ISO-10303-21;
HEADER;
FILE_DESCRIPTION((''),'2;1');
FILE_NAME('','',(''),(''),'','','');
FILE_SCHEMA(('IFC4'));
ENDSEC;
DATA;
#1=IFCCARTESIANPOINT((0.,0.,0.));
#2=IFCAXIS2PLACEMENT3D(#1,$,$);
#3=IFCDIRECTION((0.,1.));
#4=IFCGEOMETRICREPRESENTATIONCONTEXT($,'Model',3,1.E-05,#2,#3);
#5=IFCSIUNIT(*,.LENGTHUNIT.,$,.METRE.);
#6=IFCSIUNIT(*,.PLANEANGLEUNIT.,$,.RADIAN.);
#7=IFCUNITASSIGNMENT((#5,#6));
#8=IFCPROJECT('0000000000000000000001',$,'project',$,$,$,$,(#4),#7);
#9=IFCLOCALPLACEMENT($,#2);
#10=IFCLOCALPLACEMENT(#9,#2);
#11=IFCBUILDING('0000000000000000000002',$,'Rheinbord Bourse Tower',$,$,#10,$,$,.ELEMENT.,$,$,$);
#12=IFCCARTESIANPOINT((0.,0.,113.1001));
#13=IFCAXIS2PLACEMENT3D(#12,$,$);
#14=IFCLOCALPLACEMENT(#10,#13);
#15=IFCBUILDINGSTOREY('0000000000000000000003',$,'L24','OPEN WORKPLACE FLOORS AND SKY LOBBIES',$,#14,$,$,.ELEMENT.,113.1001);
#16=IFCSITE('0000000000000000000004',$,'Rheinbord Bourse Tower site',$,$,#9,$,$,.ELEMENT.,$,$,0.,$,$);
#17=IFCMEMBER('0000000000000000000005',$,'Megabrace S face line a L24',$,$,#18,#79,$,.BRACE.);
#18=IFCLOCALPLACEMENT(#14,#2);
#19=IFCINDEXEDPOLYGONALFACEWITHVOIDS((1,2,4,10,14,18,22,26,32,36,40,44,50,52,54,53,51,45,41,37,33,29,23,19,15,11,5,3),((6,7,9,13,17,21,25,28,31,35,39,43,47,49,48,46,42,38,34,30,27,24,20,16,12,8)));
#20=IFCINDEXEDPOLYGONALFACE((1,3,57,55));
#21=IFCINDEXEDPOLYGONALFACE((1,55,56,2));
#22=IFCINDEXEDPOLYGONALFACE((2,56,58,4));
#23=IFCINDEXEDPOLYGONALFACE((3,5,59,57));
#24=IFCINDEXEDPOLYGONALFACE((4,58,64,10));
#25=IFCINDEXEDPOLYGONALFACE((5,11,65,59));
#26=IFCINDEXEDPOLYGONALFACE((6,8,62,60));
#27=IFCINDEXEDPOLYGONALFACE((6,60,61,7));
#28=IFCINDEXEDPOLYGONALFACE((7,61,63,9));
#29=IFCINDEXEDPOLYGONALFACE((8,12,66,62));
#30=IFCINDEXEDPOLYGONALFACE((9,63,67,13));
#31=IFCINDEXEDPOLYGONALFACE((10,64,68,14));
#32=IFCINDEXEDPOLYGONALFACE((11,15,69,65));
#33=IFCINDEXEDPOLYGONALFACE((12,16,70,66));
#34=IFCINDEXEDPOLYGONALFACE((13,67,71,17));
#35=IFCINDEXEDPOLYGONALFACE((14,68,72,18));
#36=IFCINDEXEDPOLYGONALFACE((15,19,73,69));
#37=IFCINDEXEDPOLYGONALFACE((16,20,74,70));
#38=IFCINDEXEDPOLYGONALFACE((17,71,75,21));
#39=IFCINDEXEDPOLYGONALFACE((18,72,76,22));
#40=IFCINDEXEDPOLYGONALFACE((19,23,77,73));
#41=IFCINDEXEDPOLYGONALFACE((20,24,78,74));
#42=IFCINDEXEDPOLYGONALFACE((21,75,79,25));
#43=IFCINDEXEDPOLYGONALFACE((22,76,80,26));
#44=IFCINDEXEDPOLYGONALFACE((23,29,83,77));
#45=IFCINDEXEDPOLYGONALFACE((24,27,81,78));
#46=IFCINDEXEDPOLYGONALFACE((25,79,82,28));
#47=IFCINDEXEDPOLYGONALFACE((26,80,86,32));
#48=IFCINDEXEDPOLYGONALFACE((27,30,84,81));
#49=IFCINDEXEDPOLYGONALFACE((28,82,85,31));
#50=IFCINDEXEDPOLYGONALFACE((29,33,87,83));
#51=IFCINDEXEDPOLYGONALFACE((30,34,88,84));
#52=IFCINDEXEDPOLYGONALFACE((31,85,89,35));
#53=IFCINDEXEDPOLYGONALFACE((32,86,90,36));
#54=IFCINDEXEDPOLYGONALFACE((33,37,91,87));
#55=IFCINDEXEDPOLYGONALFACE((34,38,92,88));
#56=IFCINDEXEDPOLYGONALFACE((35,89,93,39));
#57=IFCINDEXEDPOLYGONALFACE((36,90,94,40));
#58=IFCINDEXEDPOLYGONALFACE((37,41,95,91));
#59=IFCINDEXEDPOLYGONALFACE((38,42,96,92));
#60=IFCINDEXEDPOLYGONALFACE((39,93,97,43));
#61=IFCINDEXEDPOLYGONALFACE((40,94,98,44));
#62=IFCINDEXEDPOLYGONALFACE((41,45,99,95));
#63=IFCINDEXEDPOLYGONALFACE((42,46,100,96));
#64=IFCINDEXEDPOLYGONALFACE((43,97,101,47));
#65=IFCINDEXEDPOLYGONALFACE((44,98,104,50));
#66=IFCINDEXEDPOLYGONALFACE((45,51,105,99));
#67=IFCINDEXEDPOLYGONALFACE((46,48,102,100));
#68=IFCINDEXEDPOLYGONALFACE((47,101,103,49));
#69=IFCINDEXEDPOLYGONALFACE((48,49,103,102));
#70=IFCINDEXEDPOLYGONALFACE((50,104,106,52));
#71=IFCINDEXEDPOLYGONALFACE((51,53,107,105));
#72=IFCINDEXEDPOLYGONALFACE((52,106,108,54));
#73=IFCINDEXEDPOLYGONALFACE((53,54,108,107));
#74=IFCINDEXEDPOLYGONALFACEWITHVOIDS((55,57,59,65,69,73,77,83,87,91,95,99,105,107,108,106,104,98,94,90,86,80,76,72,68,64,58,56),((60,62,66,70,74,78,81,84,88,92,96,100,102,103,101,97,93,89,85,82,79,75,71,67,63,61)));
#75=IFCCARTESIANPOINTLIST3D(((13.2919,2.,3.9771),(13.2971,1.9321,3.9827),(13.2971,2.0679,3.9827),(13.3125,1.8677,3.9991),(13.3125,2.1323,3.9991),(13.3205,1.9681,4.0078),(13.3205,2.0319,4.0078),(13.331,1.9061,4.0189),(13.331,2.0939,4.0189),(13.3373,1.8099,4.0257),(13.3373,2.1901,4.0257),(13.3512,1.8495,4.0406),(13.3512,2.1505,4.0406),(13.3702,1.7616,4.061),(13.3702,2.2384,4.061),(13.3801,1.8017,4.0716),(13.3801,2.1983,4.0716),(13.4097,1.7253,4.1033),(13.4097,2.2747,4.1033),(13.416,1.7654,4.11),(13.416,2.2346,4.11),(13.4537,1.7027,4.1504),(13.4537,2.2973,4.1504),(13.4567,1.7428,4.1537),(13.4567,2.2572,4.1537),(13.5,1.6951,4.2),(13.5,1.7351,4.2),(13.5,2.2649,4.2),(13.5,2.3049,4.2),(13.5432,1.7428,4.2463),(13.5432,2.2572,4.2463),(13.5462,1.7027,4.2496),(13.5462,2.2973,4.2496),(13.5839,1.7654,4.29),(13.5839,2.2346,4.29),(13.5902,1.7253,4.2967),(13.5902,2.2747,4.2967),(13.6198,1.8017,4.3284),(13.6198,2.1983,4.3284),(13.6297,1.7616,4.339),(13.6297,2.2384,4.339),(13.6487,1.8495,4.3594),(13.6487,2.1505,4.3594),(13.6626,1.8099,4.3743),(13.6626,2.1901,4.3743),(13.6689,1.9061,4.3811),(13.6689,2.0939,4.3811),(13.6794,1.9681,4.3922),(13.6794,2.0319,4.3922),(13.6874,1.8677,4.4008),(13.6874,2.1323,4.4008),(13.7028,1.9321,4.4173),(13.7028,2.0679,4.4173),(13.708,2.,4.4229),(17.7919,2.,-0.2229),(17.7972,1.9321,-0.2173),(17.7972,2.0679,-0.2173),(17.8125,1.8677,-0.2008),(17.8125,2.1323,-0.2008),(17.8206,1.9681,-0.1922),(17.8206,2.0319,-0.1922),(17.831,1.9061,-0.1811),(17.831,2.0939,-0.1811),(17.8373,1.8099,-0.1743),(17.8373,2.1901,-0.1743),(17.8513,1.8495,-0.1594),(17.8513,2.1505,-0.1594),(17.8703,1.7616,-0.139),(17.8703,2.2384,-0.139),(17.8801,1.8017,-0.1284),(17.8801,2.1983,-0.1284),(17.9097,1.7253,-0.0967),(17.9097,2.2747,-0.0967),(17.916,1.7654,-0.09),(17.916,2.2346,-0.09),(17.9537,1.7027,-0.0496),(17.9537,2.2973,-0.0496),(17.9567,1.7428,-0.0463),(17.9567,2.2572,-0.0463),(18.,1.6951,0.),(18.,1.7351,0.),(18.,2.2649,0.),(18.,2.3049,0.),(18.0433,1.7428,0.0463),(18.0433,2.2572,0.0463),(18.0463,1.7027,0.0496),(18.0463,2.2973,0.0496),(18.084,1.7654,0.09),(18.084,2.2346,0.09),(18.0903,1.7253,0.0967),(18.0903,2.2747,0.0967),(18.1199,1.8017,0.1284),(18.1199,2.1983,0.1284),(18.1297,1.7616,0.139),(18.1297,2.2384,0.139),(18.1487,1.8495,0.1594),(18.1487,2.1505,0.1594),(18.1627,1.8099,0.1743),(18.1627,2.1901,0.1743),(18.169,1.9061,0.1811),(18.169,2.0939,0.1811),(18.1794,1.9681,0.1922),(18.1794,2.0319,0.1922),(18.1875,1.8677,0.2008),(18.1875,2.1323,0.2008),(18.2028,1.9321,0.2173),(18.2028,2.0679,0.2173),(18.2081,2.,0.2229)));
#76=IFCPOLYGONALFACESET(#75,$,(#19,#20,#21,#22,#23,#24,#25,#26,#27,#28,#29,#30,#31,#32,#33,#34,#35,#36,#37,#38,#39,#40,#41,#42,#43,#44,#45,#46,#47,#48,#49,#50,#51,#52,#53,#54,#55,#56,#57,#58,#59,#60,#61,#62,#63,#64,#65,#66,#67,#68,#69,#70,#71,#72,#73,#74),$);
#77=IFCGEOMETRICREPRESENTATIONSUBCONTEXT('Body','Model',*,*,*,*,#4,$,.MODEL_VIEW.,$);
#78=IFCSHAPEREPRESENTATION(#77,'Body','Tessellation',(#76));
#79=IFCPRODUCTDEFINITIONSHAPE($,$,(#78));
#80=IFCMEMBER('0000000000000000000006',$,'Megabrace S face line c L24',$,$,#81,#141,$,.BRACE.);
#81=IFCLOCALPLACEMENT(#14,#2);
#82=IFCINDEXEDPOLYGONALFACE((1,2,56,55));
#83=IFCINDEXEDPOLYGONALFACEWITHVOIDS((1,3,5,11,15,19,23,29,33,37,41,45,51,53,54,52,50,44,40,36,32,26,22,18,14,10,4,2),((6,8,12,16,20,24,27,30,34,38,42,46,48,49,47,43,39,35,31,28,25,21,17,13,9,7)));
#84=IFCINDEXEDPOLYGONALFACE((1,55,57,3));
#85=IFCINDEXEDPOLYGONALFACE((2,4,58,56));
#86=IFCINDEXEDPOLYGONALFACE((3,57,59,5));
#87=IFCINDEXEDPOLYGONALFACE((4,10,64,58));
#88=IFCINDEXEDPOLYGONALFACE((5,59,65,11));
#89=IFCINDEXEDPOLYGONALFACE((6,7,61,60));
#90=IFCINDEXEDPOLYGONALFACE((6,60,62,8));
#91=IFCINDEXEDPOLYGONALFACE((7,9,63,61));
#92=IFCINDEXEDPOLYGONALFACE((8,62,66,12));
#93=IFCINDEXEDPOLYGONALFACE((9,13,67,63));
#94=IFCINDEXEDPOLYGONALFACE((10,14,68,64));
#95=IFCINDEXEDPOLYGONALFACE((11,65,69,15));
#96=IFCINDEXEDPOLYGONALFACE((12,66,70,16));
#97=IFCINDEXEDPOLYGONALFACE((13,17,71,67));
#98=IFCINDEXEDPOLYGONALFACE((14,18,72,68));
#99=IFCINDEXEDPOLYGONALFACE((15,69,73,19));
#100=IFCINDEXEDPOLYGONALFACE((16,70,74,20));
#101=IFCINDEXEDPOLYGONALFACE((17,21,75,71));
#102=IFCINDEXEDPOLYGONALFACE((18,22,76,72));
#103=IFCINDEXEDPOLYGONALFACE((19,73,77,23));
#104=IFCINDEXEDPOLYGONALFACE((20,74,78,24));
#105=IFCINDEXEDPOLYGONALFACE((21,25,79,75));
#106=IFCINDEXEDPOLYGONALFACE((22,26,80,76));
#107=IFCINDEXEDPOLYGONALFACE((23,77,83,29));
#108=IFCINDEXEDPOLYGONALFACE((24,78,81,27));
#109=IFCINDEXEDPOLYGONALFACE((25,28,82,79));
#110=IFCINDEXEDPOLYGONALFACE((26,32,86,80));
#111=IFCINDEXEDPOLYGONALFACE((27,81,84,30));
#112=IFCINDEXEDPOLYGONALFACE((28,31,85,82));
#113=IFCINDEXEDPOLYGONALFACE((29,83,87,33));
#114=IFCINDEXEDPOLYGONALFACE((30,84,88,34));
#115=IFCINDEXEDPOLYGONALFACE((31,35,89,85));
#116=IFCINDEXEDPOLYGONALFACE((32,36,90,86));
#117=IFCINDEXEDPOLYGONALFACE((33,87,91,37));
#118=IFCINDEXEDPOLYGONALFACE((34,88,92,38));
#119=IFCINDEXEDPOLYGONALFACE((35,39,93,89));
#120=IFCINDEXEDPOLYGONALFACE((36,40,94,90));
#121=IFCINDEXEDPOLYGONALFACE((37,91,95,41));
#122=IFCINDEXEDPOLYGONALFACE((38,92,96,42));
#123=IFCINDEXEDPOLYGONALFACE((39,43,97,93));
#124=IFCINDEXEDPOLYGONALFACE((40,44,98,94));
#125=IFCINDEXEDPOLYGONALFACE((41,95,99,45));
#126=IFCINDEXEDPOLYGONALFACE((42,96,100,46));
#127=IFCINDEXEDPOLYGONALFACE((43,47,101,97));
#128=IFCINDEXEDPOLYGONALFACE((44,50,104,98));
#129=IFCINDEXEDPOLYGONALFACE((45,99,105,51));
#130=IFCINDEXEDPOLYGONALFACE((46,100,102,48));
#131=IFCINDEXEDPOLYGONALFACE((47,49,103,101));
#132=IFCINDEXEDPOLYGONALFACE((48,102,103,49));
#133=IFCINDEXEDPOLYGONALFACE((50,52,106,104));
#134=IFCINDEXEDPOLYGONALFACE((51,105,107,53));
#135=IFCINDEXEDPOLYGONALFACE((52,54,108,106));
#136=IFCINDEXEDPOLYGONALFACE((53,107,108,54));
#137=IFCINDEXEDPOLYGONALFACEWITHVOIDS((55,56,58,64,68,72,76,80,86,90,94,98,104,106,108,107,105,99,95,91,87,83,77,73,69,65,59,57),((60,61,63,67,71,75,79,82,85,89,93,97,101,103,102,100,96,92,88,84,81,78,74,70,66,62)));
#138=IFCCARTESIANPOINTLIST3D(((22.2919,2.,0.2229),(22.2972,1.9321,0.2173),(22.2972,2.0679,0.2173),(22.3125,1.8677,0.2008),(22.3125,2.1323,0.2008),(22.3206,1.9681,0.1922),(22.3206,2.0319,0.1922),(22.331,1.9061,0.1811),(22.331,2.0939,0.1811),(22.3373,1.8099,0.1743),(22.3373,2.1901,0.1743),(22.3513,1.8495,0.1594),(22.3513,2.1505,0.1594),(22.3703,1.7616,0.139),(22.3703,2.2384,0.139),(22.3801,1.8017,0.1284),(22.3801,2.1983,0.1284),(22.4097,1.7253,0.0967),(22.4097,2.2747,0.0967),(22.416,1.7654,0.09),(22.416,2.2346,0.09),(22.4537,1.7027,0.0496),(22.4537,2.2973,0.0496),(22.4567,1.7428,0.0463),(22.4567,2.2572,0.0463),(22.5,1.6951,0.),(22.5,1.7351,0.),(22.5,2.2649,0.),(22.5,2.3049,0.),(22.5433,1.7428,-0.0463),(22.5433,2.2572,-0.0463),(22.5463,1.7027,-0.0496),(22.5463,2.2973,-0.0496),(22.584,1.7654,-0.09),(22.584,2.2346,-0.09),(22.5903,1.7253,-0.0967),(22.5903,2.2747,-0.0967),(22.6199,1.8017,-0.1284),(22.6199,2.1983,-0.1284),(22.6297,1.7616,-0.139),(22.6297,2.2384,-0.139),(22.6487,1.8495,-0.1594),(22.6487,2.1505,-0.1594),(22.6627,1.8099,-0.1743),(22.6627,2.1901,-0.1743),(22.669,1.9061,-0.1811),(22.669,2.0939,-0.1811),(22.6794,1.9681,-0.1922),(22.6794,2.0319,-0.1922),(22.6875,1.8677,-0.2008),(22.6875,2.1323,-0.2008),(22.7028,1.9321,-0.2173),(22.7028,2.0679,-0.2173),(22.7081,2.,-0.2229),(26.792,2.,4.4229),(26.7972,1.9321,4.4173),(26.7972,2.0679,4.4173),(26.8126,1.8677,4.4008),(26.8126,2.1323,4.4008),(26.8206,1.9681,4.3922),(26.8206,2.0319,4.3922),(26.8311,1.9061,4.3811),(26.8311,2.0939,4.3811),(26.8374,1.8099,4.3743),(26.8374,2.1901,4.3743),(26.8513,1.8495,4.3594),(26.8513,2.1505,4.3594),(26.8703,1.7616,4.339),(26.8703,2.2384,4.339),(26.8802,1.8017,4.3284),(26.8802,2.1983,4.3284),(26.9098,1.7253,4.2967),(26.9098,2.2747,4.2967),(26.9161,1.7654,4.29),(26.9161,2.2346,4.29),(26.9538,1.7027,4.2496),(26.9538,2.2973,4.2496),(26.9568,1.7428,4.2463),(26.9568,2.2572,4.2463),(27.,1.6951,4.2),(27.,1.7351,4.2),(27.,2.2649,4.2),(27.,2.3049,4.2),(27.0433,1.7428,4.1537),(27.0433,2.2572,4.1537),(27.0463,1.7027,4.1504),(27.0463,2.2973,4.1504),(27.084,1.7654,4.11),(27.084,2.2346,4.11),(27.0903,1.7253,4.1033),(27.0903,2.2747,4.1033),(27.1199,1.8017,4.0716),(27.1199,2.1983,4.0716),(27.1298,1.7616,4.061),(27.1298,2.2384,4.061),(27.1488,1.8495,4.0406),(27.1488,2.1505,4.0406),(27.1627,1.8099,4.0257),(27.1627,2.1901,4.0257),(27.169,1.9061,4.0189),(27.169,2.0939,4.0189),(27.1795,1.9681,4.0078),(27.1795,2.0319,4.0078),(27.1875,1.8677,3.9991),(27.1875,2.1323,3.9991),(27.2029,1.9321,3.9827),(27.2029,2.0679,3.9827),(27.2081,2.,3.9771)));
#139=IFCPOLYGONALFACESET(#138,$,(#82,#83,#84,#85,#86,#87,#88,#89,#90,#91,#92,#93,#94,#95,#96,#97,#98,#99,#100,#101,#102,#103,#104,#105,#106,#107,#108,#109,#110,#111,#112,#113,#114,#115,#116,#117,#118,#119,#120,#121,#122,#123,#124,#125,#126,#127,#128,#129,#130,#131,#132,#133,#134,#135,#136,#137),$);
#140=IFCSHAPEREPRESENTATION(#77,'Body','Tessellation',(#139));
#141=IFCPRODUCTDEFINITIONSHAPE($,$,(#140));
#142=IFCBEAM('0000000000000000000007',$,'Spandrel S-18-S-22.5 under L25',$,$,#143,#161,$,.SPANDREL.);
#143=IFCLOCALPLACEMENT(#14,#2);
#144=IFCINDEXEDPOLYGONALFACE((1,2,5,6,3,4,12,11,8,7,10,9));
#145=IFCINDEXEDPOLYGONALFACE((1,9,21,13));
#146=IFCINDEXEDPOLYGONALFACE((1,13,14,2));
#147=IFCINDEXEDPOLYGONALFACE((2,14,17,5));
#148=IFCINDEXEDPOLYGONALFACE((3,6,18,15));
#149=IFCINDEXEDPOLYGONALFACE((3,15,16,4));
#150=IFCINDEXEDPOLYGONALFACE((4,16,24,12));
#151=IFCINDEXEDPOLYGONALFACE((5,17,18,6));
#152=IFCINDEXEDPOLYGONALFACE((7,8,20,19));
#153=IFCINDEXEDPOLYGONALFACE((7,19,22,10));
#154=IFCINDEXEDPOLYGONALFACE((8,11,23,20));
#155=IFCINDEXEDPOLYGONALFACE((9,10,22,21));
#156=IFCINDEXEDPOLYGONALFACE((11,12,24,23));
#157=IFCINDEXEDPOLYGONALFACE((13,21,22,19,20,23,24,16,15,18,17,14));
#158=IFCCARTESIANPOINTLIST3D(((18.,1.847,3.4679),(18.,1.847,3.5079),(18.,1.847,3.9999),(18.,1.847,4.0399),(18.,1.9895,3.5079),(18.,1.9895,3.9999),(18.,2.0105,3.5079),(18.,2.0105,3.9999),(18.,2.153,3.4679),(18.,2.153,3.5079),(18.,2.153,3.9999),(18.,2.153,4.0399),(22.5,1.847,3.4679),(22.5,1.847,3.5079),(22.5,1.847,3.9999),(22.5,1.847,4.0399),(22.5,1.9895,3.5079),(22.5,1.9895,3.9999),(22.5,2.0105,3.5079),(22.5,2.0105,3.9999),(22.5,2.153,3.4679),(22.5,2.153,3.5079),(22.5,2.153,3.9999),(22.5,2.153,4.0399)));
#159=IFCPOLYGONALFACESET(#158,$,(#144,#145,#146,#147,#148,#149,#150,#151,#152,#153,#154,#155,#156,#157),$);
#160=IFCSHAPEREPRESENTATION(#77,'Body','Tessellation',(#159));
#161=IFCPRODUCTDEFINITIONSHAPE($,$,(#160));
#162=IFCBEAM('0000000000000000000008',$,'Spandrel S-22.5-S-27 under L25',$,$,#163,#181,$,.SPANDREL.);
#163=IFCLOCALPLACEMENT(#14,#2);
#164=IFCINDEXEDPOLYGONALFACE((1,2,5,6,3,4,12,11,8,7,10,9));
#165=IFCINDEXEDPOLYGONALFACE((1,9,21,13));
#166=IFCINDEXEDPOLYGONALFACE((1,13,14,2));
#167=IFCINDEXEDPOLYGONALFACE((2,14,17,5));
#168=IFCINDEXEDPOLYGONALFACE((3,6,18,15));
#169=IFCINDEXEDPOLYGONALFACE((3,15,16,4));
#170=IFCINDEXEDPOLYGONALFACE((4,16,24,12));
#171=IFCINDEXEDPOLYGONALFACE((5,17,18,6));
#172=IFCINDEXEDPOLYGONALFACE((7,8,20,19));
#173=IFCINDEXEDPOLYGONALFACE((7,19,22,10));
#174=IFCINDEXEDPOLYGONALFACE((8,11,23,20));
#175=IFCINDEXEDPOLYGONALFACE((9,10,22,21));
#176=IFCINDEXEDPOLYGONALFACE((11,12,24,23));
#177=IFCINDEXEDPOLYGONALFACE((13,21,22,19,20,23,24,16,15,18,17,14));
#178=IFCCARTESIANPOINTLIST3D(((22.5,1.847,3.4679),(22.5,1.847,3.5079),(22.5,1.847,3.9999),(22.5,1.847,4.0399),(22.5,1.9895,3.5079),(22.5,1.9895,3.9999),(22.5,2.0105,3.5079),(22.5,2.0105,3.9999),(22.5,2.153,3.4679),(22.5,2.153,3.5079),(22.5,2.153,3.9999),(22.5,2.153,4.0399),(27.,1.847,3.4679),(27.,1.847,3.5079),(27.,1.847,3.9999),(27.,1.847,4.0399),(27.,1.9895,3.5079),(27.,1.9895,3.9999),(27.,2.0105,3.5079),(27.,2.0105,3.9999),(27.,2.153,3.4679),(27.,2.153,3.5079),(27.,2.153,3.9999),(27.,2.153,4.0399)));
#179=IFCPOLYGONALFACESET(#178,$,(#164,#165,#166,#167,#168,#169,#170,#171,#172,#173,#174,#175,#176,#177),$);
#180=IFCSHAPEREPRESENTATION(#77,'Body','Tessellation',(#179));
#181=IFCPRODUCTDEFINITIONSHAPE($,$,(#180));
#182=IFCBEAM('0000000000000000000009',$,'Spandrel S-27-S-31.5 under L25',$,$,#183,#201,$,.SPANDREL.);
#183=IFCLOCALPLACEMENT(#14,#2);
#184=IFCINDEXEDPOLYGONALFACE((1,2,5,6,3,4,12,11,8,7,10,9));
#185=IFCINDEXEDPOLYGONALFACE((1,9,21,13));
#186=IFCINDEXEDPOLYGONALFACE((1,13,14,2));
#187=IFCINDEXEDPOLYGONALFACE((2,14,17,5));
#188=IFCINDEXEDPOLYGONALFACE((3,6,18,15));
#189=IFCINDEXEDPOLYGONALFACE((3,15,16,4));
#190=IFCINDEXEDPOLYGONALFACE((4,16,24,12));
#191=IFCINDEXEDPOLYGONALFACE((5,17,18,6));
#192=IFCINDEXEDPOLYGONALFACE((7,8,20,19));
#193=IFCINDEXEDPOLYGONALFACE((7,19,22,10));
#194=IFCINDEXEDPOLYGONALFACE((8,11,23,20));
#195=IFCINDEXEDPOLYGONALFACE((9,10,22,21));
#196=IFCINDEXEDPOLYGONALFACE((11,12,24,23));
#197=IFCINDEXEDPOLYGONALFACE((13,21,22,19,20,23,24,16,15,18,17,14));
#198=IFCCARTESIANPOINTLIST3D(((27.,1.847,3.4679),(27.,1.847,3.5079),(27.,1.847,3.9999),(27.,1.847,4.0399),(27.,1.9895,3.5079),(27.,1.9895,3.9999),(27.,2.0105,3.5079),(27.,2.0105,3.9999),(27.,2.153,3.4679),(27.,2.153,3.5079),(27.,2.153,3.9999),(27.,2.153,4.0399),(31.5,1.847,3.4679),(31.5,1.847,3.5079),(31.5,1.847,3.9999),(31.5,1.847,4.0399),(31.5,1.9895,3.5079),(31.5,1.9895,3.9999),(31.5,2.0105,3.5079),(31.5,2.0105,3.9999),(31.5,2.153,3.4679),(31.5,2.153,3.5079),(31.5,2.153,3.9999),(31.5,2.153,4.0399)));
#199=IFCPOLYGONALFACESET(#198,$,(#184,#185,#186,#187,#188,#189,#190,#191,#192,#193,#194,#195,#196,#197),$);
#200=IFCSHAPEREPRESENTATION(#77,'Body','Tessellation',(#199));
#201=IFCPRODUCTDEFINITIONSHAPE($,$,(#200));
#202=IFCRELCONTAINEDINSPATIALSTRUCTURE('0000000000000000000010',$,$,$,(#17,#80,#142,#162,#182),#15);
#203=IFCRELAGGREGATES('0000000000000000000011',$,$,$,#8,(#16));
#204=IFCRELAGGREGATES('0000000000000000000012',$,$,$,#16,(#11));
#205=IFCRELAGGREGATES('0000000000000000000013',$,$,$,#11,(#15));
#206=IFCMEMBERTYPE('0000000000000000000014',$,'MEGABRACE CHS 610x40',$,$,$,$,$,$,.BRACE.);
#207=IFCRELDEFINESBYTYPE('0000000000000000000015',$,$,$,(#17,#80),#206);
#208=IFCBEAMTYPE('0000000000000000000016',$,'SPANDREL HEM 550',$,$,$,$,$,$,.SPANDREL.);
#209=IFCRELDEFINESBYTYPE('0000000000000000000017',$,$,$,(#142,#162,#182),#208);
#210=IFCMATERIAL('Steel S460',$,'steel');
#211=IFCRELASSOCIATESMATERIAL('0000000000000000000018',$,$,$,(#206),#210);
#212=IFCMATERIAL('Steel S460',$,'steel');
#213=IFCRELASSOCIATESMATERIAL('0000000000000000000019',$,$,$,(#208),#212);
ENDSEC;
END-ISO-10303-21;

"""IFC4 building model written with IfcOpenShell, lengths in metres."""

from ifc_helpers import new_model, si_unit, direction, frame, origin, origin_2d, place, context, subcontext, project, spatial, hollow_circle, i_section, extrude, material, material_profile, profile_set, type_object, element, save


model = new_model("IFC4")

# Units and contexts
model_context = context("Model", 3, precision=1e-05, world=origin(), true_north=direction((0.0, 1.0)))
body_context = subcontext(model_context, "Body", "Model", "MODEL_VIEW")
ifc_project = project(units=[si_unit("LENGTHUNIT", "METRE"), si_unit("PLANEANGLEUNIT", "RADIAN")], contexts=[model_context])

# Site, building, storey
site_placement = place(None, origin())
site = spatial("IfcSite", under=ifc_project, at=site_placement, Name="Rheinbord Bourse Tower site", CompositionType="ELEMENT", RefElevation=0.0)
building_placement = place(site_placement, origin())
building = spatial("IfcBuilding", under=site, at=building_placement, Name="Rheinbord Bourse Tower", CompositionType="ELEMENT")
storey_placement = place(building_placement, frame((0.0, 0.0, 113.1001)))
storey = spatial("IfcBuildingStorey", under=building, at=storey_placement, Name="L24", Description="OPEN WORKPLACE FLOORS AND SKY LOBBIES", CompositionType="ELEMENT", Elevation=113.1001)

# Members
ifc_material_1 = material(Name="Steel S460", Category="steel")
ifc_material_profile_1 = material_profile(ifc_material_1, hollow_circle(Radius=0.3049, WallThickness=0.04, at=origin_2d()), Name="CHS 610x40")
ifc_profile_set_1 = profile_set([ifc_material_profile_1], Name="Steel S460")
member_type_1 = type_object("IfcMemberType", Name="MEGABRACE CHS 610x40", PredefinedType="BRACE", material=ifc_profile_set_1)
for number, where, z_axis, x_axis, name in (
    (1, (18.0, 2.0, 0.0), (-0.731059, 0.0, 0.682314), (0.0, -1.0, 0.0), "Megabrace S face line a L24"),
    (2, (22.5, 2.0, 0.0), (0.731059, 0.0, 0.682314), (0.0, 1.0, 0.0), "Megabrace S face line c L24"),
):
    element("IfcMember", number, at=place(storey_placement, frame(where, z_axis=z_axis, x_axis=x_axis)), inside=storey, type_object=member_type_1, Name=name, PredefinedType="BRACE", context=body_context, shape_type="SweptSolid", body=[
        extrude(hollow_circle(Radius=0.3049, WallThickness=0.04, at=origin_2d()), origin(), (0.0, 0.0, 1.0), 6.1555),
    ])

# Beams
ifc_material_2 = material(Name="Steel S460", Category="steel")
ifc_material_profile_2 = material_profile(ifc_material_2, i_section(OverallWidth=0.3059, OverallDepth=0.572, WebThickness=0.021, FlangeThickness=0.04, at=origin_2d()), Name="HEM 550")
ifc_profile_set_2 = profile_set([ifc_material_profile_2], Name="Steel S460")
beam_type_1 = type_object("IfcBeamType", Name="SPANDREL HEM 550", PredefinedType="SPANDREL", material=ifc_profile_set_2)
for number, where, z_axis, x_axis, name in (
    (3, (18.0, 2.0, 3.7539), (1.0, 0.0, 0.0), (0.0, 1.0, 0.0), "Spandrel S-18-S-22.5 under L25"),
    (4, (22.5, 2.0, 3.7539), (1.0, 0.0, 0.0), (0.0, 1.0, 0.0), "Spandrel S-22.5-S-27 under L25"),
    (5, (27.0, 2.0, 3.7539), (1.0, 0.0, 0.0), (0.0, 1.0, 0.0), "Spandrel S-27-S-31.5 under L25"),
):
    element("IfcBeam", number, at=place(storey_placement, frame(where, z_axis=z_axis, x_axis=x_axis)), inside=storey, type_object=beam_type_1, Name=name, PredefinedType="SPANDREL", context=body_context, shape_type="SweptSolid", body=[
        extrude(i_section(OverallWidth=0.3059, OverallDepth=0.572, WebThickness=0.021, FlangeThickness=0.04, at=origin_2d()), origin(), (0.0, 0.0, 1.0), 4.5),
    ])

save(model, "model.ifc")
